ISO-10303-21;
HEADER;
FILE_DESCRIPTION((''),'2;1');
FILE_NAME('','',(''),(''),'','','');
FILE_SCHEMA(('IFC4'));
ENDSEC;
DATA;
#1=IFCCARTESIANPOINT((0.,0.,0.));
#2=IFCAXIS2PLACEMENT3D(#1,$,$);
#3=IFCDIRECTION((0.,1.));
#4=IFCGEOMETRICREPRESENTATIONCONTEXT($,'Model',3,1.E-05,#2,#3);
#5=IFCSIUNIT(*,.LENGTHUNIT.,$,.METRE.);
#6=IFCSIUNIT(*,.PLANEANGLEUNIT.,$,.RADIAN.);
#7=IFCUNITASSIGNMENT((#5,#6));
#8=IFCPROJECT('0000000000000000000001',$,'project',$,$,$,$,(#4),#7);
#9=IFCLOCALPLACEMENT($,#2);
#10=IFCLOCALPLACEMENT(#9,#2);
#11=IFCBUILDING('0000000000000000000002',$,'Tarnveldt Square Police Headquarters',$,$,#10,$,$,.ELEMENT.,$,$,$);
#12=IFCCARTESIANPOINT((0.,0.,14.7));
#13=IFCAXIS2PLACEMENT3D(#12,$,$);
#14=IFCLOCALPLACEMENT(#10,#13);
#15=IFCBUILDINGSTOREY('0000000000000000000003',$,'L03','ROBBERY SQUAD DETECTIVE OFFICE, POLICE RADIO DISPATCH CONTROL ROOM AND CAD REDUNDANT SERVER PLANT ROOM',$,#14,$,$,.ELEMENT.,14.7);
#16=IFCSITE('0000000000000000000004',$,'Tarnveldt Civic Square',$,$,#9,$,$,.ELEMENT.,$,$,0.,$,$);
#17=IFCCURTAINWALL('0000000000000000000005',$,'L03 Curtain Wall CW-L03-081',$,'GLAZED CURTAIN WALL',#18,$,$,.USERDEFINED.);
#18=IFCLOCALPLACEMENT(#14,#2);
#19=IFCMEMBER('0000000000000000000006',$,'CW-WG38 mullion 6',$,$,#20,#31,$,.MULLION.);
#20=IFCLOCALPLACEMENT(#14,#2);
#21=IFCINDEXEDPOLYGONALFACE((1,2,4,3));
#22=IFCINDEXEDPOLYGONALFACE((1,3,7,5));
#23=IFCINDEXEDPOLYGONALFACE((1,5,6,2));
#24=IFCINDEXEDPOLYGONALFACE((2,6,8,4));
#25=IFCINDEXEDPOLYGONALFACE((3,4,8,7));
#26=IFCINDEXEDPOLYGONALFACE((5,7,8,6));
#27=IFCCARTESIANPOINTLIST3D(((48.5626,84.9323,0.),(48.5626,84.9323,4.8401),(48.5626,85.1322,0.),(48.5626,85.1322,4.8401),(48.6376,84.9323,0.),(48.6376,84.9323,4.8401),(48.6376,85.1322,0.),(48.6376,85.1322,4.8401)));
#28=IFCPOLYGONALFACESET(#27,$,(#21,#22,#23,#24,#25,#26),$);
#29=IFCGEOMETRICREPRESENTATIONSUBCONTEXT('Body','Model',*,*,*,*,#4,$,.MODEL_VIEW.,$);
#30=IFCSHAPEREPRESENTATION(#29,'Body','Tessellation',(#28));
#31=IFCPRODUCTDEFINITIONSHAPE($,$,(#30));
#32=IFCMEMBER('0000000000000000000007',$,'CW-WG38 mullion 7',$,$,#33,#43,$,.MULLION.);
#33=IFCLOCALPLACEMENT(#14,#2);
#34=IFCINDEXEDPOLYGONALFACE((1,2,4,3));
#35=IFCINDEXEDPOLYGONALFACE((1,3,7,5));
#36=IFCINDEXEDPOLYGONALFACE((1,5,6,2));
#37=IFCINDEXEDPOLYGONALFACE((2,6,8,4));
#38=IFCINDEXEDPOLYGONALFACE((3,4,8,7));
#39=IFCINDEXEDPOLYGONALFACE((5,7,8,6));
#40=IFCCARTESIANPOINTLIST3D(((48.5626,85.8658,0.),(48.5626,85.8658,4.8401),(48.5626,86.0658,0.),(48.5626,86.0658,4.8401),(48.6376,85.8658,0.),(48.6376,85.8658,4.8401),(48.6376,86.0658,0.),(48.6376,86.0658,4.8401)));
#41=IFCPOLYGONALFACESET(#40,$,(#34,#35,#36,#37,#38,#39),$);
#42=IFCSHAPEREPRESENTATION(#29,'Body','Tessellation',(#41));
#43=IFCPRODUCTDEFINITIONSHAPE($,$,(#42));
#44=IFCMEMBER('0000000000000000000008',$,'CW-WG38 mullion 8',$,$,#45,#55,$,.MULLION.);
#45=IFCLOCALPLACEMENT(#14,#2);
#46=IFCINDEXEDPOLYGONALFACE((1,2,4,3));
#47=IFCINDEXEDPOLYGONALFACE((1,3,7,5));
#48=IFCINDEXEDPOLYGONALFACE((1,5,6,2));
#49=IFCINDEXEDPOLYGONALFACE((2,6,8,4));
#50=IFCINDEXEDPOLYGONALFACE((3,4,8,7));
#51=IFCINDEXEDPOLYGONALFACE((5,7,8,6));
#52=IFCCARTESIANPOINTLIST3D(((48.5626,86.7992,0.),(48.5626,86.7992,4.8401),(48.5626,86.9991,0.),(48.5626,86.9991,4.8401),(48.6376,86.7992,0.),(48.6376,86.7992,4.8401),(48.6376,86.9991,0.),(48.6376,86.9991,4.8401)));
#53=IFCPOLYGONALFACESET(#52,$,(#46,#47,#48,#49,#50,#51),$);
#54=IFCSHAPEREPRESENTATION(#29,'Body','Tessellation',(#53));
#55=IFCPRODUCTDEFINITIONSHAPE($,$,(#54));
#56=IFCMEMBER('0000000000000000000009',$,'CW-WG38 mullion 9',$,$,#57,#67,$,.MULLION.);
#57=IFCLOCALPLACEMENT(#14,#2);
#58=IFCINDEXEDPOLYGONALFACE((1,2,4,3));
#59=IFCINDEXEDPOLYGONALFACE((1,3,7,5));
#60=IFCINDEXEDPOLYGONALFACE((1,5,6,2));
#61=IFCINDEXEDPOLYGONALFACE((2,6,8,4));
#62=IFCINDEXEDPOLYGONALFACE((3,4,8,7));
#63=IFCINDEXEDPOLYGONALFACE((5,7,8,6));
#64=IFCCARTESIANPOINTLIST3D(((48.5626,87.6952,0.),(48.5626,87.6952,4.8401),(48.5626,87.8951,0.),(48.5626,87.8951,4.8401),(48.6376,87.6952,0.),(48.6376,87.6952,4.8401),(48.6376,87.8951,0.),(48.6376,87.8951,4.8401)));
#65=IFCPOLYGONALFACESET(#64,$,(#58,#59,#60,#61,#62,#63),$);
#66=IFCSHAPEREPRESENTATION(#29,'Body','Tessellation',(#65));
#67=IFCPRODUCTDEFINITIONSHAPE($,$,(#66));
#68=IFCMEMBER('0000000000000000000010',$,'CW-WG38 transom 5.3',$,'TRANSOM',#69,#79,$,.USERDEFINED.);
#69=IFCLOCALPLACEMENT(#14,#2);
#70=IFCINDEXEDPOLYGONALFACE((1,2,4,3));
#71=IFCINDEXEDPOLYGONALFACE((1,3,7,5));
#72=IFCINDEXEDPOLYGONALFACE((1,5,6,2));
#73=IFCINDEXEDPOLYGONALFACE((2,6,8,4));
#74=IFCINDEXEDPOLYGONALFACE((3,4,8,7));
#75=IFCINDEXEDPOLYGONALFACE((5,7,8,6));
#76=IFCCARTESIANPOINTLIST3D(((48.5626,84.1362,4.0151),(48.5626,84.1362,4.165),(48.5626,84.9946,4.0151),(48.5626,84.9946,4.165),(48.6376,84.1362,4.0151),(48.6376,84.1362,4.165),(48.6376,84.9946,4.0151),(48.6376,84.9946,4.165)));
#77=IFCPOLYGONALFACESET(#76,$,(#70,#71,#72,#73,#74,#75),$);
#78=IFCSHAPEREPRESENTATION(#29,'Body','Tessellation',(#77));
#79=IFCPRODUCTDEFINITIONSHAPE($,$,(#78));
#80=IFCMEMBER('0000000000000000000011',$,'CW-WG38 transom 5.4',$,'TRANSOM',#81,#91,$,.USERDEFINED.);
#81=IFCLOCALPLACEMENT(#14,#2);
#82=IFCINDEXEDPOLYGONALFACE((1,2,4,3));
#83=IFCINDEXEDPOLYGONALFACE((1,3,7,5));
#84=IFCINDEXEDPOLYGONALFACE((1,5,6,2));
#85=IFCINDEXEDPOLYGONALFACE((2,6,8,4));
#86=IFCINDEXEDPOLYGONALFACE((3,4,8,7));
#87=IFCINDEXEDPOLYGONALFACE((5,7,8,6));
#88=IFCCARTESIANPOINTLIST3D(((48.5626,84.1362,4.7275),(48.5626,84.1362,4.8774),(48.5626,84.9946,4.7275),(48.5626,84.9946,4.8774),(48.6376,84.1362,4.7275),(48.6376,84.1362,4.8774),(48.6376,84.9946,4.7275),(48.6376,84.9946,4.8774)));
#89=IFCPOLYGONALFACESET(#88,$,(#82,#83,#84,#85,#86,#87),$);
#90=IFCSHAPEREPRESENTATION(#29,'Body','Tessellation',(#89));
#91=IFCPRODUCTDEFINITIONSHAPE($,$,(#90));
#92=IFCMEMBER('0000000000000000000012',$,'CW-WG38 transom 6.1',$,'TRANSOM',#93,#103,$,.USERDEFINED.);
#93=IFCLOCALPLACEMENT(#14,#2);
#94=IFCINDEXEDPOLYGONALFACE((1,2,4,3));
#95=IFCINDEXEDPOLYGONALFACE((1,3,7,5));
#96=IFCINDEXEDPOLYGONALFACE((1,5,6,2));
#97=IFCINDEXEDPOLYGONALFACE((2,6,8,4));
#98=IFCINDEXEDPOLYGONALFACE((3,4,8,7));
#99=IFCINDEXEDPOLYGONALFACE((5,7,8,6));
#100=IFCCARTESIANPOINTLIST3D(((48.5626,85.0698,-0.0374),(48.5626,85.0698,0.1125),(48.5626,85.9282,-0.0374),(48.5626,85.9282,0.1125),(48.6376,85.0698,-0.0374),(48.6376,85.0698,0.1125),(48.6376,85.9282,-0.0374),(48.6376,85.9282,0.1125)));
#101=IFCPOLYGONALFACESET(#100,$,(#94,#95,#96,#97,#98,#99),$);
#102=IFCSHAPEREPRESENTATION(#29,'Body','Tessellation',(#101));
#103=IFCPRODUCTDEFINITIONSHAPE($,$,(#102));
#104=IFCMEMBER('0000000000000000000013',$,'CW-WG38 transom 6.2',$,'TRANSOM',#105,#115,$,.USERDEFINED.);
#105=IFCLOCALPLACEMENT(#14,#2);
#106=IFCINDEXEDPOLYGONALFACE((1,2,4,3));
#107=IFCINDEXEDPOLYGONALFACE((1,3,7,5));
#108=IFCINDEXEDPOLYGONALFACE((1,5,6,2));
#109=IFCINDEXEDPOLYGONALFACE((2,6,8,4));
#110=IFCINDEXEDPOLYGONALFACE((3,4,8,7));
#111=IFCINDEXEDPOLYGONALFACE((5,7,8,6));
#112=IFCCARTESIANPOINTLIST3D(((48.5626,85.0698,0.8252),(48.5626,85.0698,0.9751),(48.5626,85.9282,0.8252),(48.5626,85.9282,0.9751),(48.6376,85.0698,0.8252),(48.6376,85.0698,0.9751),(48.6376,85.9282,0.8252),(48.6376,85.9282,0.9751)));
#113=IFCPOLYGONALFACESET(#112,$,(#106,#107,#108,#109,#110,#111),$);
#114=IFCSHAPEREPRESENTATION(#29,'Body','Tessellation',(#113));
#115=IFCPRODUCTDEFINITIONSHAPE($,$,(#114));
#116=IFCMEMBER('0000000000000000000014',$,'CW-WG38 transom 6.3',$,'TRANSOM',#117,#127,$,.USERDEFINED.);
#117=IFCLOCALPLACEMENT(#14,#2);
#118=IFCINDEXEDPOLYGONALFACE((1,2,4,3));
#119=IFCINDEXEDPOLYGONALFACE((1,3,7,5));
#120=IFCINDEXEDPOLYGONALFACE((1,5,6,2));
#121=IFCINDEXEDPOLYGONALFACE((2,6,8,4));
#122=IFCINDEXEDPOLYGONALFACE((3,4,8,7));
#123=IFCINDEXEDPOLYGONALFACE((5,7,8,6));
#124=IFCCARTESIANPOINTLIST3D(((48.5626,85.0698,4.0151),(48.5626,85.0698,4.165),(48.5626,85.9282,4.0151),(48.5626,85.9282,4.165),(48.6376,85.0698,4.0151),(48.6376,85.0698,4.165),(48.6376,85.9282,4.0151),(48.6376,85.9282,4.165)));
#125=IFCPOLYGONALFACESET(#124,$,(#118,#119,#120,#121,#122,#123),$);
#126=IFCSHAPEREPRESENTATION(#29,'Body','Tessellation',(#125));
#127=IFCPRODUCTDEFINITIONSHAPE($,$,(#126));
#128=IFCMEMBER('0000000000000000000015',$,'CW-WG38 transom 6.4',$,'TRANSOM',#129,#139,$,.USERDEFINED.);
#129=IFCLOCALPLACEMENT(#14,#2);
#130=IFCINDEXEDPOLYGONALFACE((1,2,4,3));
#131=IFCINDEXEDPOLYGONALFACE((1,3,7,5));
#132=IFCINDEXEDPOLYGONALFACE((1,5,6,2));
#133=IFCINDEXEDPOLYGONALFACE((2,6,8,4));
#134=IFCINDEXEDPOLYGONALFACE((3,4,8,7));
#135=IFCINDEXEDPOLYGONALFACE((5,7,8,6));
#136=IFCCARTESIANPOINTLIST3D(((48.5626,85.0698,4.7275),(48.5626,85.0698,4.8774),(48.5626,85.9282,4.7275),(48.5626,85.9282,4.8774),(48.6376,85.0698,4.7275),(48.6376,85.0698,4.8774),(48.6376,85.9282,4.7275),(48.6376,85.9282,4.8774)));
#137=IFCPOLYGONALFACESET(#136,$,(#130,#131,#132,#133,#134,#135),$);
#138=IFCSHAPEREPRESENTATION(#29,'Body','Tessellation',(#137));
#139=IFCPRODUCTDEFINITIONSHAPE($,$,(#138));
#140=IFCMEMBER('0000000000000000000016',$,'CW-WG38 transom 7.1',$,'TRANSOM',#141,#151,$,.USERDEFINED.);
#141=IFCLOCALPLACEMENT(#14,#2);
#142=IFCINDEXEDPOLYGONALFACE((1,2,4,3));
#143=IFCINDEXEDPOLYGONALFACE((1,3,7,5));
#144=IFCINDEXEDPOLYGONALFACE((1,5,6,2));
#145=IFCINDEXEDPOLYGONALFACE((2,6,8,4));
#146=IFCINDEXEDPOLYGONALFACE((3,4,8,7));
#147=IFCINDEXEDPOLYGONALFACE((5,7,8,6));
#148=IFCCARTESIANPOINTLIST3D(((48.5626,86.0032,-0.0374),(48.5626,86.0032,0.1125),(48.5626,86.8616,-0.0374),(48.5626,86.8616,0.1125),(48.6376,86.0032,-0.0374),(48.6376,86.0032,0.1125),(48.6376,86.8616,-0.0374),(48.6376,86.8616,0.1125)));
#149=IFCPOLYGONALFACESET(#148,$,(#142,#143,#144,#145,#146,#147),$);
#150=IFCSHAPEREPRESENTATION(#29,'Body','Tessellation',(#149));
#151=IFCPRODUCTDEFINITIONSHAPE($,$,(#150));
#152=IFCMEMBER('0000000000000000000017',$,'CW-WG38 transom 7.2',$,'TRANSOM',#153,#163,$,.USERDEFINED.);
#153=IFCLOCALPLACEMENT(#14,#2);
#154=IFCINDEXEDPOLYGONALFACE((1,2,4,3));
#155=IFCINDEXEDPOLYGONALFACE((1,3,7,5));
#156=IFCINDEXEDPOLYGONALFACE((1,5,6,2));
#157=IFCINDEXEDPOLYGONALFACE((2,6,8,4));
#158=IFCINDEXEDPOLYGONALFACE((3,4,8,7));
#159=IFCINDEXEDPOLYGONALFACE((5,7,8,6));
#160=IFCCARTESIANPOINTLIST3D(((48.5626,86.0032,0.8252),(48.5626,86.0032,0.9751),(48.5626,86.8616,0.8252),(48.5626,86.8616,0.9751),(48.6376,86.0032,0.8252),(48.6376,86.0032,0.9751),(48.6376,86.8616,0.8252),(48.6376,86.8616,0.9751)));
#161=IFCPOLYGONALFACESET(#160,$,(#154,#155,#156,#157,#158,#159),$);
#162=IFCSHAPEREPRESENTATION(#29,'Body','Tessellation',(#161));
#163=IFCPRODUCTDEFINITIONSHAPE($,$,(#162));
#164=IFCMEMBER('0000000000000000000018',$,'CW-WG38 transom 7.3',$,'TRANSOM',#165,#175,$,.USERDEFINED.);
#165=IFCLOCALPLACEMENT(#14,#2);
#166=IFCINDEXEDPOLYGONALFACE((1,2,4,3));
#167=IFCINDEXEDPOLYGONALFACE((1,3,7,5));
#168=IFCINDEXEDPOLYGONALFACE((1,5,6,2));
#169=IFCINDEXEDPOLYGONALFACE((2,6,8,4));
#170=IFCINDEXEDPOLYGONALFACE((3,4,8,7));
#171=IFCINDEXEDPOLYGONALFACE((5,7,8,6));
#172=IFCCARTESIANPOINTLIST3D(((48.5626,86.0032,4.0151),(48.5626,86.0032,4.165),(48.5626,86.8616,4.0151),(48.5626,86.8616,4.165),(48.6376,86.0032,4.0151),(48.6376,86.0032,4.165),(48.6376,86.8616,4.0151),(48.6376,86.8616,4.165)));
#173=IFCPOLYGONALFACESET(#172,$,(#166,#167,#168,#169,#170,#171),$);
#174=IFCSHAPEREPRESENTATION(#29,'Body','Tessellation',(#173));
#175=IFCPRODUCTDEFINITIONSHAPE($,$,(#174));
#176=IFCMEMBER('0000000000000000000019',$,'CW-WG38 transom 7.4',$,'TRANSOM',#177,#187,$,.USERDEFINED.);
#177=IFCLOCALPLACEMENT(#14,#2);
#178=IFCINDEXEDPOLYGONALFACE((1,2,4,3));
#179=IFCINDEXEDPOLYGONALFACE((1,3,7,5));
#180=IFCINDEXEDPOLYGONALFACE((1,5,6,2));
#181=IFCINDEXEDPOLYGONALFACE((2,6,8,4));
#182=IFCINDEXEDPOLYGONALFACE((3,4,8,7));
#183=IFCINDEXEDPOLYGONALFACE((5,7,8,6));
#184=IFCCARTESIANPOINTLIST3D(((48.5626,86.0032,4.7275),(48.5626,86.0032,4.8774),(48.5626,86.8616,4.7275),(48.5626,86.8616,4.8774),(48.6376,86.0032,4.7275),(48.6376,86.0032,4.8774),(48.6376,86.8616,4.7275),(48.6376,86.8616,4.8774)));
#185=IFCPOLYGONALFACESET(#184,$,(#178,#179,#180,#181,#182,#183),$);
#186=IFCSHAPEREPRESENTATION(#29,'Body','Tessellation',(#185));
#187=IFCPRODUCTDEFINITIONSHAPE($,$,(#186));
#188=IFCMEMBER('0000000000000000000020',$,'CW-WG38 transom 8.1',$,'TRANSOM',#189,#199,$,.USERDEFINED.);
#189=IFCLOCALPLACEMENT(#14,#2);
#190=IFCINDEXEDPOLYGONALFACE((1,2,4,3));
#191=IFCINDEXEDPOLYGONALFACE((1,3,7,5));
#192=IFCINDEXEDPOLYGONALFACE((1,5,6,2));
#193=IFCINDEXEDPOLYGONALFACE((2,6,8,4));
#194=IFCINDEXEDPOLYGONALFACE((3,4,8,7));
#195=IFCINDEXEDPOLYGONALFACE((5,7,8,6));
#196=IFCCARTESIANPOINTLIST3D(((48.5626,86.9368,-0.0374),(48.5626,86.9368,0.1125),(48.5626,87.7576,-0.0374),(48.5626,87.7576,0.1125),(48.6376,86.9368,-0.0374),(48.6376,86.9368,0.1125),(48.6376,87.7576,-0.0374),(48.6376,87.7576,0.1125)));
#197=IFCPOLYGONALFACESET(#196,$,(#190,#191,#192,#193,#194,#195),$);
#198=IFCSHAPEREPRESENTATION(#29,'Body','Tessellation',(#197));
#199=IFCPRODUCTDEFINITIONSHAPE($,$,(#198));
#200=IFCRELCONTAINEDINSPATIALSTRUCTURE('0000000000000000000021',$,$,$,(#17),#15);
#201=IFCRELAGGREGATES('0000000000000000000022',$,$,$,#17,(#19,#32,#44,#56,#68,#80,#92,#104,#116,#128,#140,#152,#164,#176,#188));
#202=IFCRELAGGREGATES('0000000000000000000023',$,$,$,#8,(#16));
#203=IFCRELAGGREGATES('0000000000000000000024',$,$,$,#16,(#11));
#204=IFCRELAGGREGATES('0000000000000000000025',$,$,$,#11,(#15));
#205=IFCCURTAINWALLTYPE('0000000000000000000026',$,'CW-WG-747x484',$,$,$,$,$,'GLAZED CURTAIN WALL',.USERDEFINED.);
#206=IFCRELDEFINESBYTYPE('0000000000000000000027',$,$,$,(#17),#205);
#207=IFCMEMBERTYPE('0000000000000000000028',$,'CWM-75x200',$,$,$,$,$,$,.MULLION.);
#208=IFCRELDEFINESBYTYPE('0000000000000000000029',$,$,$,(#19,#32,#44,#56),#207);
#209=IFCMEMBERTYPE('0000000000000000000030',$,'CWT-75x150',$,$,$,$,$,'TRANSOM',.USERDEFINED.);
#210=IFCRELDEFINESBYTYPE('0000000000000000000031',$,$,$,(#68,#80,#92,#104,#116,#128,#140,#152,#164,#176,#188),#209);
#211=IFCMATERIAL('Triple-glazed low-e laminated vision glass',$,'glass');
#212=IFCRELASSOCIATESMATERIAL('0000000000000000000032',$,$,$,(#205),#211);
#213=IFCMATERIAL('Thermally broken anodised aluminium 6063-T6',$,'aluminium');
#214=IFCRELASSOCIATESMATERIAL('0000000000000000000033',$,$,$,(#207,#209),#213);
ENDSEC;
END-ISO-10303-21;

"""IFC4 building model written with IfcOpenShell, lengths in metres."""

from ifc_helpers import new_model, si_unit, direction, frame, origin, origin_2d, place, context, subcontext, project, spatial, rectangle, extrude, material, material_profile, profile_set, type_object, element, aggregate, save


model = new_model("IFC4")

# Units and contexts
model_context = context("Model", 3, precision=1e-05, world=origin(), true_north=direction((0.0, 1.0)))
body_context = subcontext(model_context, "Body", "Model", "MODEL_VIEW")
ifc_project = project(units=[si_unit("LENGTHUNIT", "METRE"), si_unit("PLANEANGLEUNIT", "RADIAN")], contexts=[model_context])

# Site, building, storey
site_placement = place(None, origin())
site = spatial("IfcSite", under=ifc_project, at=site_placement, Name="Tarnveldt Civic Square", CompositionType="ELEMENT", RefElevation=0.0)
building_placement = place(site_placement, origin())
building = spatial("IfcBuilding", under=site, at=building_placement, Name="Tarnveldt Square Police Headquarters", CompositionType="ELEMENT")
storey_placement = place(building_placement, frame((0.0, 0.0, 14.7)))
storey = spatial("IfcBuildingStorey", under=building, at=storey_placement, Name="L03", Description="ROBBERY SQUAD DETECTIVE OFFICE, POLICE RADIO DISPATCH CONTROL ROOM AND CAD REDUNDANT SERVER PLANT ROOM", CompositionType="ELEMENT", Elevation=14.7)

# Curtain wall, members
ifc_material_1 = material(Name="Triple-glazed low-e laminated vision glass", Category="glass")
curtain_wall_type = type_object("IfcCurtainWallType", Name="CW-WG-747x484", ElementType="GLAZED CURTAIN WALL", PredefinedType="USERDEFINED", material=ifc_material_1)
curtain_wall_placement = place(storey_placement, origin())
curtain_wall = element("IfcCurtainWall", 1, at=curtain_wall_placement, inside=storey, type_object=curtain_wall_type, Name="L03 Curtain Wall CW-L03-081", ObjectType="GLAZED CURTAIN WALL", PredefinedType="USERDEFINED")
ifc_material_2 = material(Name="Thermally broken anodised aluminium 6063-T6", Category="aluminium")
ifc_material_profile_1 = material_profile(ifc_material_2, rectangle(XDim=0.075, YDim=0.2, at=origin_2d()), Name="CW-M75x200")
ifc_profile_set_1 = profile_set([ifc_material_profile_1], Name="Thermally broken anodised aluminium 6063-T6")
member_type_1 = type_object("IfcMemberType", Name="CWM-75x200", PredefinedType="MULLION", material=ifc_profile_set_1)
member_1_placement = place(storey_placement, frame((48.6001, 85.0322, 0.0), z_axis=(0.0, 0.0, 1.0), x_axis=(-1.0, 0.0, 0.0)))
member_1 = element("IfcMember", 2, at=member_1_placement, type_object=member_type_1, Name="CW-WG38 mullion 6", PredefinedType="MULLION", context=body_context, shape_type="SweptSolid", body=[
    extrude(rectangle(XDim=0.075, YDim=0.2, at=origin_2d()), origin(), (0.0, 0.0, 1.0), 4.8401),
])
member_2_placement = place(storey_placement, frame((48.6001, 85.9658, 0.0), z_axis=(0.0, 0.0, 1.0), x_axis=(-1.0, 0.0, 0.0)))
member_2 = element("IfcMember", 3, at=member_2_placement, type_object=member_type_1, Name="CW-WG38 mullion 7", PredefinedType="MULLION", context=body_context, shape_type="SweptSolid", body=[
    extrude(rectangle(XDim=0.075, YDim=0.2, at=origin_2d()), origin(), (0.0, 0.0, 1.0), 4.8401),
])
member_3_placement = place(storey_placement, frame((48.6001, 86.8992, 0.0), z_axis=(0.0, 0.0, 1.0), x_axis=(-1.0, 0.0, 0.0)))
member_3 = element("IfcMember", 4, at=member_3_placement, type_object=member_type_1, Name="CW-WG38 mullion 8", PredefinedType="MULLION", context=body_context, shape_type="SweptSolid", body=[
    extrude(rectangle(XDim=0.075, YDim=0.2, at=origin_2d()), origin(), (0.0, 0.0, 1.0), 4.8401),
])
member_4_placement = place(storey_placement, frame((48.6001, 87.7952, 0.0), z_axis=(0.0, 0.0, 1.0), x_axis=(-1.0, 0.0, 0.0)))
member_4 = element("IfcMember", 5, at=member_4_placement, type_object=member_type_1, Name="CW-WG38 mullion 9", PredefinedType="MULLION", context=body_context, shape_type="SweptSolid", body=[
    extrude(rectangle(XDim=0.075, YDim=0.2, at=origin_2d()), origin(), (0.0, 0.0, 1.0), 4.8401),
])
ifc_material_profile_2 = material_profile(ifc_material_2, rectangle(XDim=0.075, YDim=0.1499, at=origin_2d()), Name="CW-T75x150")
ifc_profile_set_2 = profile_set([ifc_material_profile_2], Name="Thermally broken anodised aluminium 6063-T6")
member_type_2 = type_object("IfcMemberType", Name="CWT-75x150", ElementType="TRANSOM", PredefinedType="USERDEFINED", material=ifc_profile_set_2)
member_5_placement = place(storey_placement, frame((48.6001, 84.1362, 4.0901), z_axis=(0.0, 1.0, 0.0), x_axis=(-1.0, 0.0, 0.0)))
member_5 = element("IfcMember", 6, at=member_5_placement, type_object=member_type_2, Name="CW-WG38 transom 5.3", ObjectType="TRANSOM", PredefinedType="USERDEFINED", context=body_context, shape_type="SweptSolid", body=[
    extrude(rectangle(XDim=0.075, YDim=0.1499, at=origin_2d()), origin(), (0.0, 0.0, 1.0), 0.8584),
])
member_6_placement = place(storey_placement, frame((48.6001, 84.1362, 4.8025), z_axis=(0.0, 1.0, 0.0), x_axis=(-1.0, 0.0, 0.0)))
member_6 = element("IfcMember", 7, at=member_6_placement, type_object=member_type_2, Name="CW-WG38 transom 5.4", ObjectType="TRANSOM", PredefinedType="USERDEFINED", context=body_context, shape_type="SweptSolid", body=[
    extrude(rectangle(XDim=0.075, YDim=0.1499, at=origin_2d()), origin(), (0.0, 0.0, 1.0), 0.8584),
])
member_7_placement = place(storey_placement, frame((48.6001, 85.0698, 0.0376), z_axis=(0.0, 1.0, 0.0), x_axis=(-1.0, 0.0, 0.0)))
member_7 = element("IfcMember", 8, at=member_7_placement, type_object=member_type_2, Name="CW-WG38 transom 6.1", ObjectType="TRANSOM", PredefinedType="USERDEFINED", context=body_context, shape_type="SweptSolid", body=[
    extrude(rectangle(XDim=0.075, YDim=0.1499, at=origin_2d()), origin(), (0.0, 0.0, 1.0), 0.8584),
])
member_8_placement = place(storey_placement, frame((48.6001, 85.0698, 0.9001), z_axis=(0.0, 1.0, 0.0), x_axis=(-1.0, 0.0, 0.0)))
member_8 = element("IfcMember", 9, at=member_8_placement, type_object=member_type_2, Name="CW-WG38 transom 6.2", ObjectType="TRANSOM", PredefinedType="USERDEFINED", context=body_context, shape_type="SweptSolid", body=[
    extrude(rectangle(XDim=0.075, YDim=0.1499, at=origin_2d()), origin(), (0.0, 0.0, 1.0), 0.8584),
])
member_9_placement = place(storey_placement, frame((48.6001, 85.0698, 4.0901), z_axis=(0.0, 1.0, 0.0), x_axis=(-1.0, 0.0, 0.0)))
member_9 = element("IfcMember", 10, at=member_9_placement, type_object=member_type_2, Name="CW-WG38 transom 6.3", ObjectType="TRANSOM", PredefinedType="USERDEFINED", context=body_context, shape_type="SweptSolid", body=[
    extrude(rectangle(XDim=0.075, YDim=0.1499, at=origin_2d()), origin(), (0.0, 0.0, 1.0), 0.8584),
])
member_10_placement = place(storey_placement, frame((48.6001, 85.0698, 4.8025), z_axis=(0.0, 1.0, 0.0), x_axis=(-1.0, 0.0, 0.0)))
member_10 = element("IfcMember", 11, at=member_10_placement, type_object=member_type_2, Name="CW-WG38 transom 6.4", ObjectType="TRANSOM", PredefinedType="USERDEFINED", context=body_context, shape_type="SweptSolid", body=[
    extrude(rectangle(XDim=0.075, YDim=0.1499, at=origin_2d()), origin(), (0.0, 0.0, 1.0), 0.8584),
])
member_11_placement = place(storey_placement, frame((48.6001, 86.0032, 0.0376), z_axis=(0.0, 1.0, 0.0), x_axis=(-1.0, 0.0, 0.0)))
member_11 = element("IfcMember", 12, at=member_11_placement, type_object=member_type_2, Name="CW-WG38 transom 7.1", ObjectType="TRANSOM", PredefinedType="USERDEFINED", context=body_context, shape_type="SweptSolid", body=[
    extrude(rectangle(XDim=0.075, YDim=0.1499, at=origin_2d()), origin(), (0.0, 0.0, 1.0), 0.8584),
])
member_12_placement = place(storey_placement, frame((48.6001, 86.0032, 0.9001), z_axis=(0.0, 1.0, 0.0), x_axis=(-1.0, 0.0, 0.0)))
member_12 = element("IfcMember", 13, at=member_12_placement, type_object=member_type_2, Name="CW-WG38 transom 7.2", ObjectType="TRANSOM", PredefinedType="USERDEFINED", context=body_context, shape_type="SweptSolid", body=[
    extrude(rectangle(XDim=0.075, YDim=0.1499, at=origin_2d()), origin(), (0.0, 0.0, 1.0), 0.8584),
])
member_13_placement = place(storey_placement, frame((48.6001, 86.0032, 4.0901), z_axis=(0.0, 1.0, 0.0), x_axis=(-1.0, 0.0, 0.0)))
member_13 = element("IfcMember", 14, at=member_13_placement, type_object=member_type_2, Name="CW-WG38 transom 7.3", ObjectType="TRANSOM", PredefinedType="USERDEFINED", context=body_context, shape_type="SweptSolid", body=[
    extrude(rectangle(XDim=0.075, YDim=0.1499, at=origin_2d()), origin(), (0.0, 0.0, 1.0), 0.8584),
])
member_14_placement = place(storey_placement, frame((48.6001, 86.0032, 4.8025), z_axis=(0.0, 1.0, 0.0), x_axis=(-1.0, 0.0, 0.0)))
member_14 = element("IfcMember", 15, at=member_14_placement, type_object=member_type_2, Name="CW-WG38 transom 7.4", ObjectType="TRANSOM", PredefinedType="USERDEFINED", context=body_context, shape_type="SweptSolid", body=[
    extrude(rectangle(XDim=0.075, YDim=0.1499, at=origin_2d()), origin(), (0.0, 0.0, 1.0), 0.8584),
])
member_15_placement = place(storey_placement, frame((48.6001, 86.9368, 0.0376), z_axis=(0.0, 1.0, 0.0), x_axis=(-1.0, 0.0, 0.0)))
member_15 = element("IfcMember", 16, at=member_15_placement, type_object=member_type_2, Name="CW-WG38 transom 8.1", ObjectType="TRANSOM", PredefinedType="USERDEFINED", context=body_context, shape_type="SweptSolid", body=[
    extrude(rectangle(XDim=0.075, YDim=0.1499, at=origin_2d()), origin(), (0.0, 0.0, 1.0), 0.8208),
])
aggregate(curtain_wall, [member_1, member_2, member_3, member_4, member_5, member_6, member_7, member_8, member_9, member_10, member_11, member_12, member_13, member_14, member_15])

save(model, "model.ifc")
